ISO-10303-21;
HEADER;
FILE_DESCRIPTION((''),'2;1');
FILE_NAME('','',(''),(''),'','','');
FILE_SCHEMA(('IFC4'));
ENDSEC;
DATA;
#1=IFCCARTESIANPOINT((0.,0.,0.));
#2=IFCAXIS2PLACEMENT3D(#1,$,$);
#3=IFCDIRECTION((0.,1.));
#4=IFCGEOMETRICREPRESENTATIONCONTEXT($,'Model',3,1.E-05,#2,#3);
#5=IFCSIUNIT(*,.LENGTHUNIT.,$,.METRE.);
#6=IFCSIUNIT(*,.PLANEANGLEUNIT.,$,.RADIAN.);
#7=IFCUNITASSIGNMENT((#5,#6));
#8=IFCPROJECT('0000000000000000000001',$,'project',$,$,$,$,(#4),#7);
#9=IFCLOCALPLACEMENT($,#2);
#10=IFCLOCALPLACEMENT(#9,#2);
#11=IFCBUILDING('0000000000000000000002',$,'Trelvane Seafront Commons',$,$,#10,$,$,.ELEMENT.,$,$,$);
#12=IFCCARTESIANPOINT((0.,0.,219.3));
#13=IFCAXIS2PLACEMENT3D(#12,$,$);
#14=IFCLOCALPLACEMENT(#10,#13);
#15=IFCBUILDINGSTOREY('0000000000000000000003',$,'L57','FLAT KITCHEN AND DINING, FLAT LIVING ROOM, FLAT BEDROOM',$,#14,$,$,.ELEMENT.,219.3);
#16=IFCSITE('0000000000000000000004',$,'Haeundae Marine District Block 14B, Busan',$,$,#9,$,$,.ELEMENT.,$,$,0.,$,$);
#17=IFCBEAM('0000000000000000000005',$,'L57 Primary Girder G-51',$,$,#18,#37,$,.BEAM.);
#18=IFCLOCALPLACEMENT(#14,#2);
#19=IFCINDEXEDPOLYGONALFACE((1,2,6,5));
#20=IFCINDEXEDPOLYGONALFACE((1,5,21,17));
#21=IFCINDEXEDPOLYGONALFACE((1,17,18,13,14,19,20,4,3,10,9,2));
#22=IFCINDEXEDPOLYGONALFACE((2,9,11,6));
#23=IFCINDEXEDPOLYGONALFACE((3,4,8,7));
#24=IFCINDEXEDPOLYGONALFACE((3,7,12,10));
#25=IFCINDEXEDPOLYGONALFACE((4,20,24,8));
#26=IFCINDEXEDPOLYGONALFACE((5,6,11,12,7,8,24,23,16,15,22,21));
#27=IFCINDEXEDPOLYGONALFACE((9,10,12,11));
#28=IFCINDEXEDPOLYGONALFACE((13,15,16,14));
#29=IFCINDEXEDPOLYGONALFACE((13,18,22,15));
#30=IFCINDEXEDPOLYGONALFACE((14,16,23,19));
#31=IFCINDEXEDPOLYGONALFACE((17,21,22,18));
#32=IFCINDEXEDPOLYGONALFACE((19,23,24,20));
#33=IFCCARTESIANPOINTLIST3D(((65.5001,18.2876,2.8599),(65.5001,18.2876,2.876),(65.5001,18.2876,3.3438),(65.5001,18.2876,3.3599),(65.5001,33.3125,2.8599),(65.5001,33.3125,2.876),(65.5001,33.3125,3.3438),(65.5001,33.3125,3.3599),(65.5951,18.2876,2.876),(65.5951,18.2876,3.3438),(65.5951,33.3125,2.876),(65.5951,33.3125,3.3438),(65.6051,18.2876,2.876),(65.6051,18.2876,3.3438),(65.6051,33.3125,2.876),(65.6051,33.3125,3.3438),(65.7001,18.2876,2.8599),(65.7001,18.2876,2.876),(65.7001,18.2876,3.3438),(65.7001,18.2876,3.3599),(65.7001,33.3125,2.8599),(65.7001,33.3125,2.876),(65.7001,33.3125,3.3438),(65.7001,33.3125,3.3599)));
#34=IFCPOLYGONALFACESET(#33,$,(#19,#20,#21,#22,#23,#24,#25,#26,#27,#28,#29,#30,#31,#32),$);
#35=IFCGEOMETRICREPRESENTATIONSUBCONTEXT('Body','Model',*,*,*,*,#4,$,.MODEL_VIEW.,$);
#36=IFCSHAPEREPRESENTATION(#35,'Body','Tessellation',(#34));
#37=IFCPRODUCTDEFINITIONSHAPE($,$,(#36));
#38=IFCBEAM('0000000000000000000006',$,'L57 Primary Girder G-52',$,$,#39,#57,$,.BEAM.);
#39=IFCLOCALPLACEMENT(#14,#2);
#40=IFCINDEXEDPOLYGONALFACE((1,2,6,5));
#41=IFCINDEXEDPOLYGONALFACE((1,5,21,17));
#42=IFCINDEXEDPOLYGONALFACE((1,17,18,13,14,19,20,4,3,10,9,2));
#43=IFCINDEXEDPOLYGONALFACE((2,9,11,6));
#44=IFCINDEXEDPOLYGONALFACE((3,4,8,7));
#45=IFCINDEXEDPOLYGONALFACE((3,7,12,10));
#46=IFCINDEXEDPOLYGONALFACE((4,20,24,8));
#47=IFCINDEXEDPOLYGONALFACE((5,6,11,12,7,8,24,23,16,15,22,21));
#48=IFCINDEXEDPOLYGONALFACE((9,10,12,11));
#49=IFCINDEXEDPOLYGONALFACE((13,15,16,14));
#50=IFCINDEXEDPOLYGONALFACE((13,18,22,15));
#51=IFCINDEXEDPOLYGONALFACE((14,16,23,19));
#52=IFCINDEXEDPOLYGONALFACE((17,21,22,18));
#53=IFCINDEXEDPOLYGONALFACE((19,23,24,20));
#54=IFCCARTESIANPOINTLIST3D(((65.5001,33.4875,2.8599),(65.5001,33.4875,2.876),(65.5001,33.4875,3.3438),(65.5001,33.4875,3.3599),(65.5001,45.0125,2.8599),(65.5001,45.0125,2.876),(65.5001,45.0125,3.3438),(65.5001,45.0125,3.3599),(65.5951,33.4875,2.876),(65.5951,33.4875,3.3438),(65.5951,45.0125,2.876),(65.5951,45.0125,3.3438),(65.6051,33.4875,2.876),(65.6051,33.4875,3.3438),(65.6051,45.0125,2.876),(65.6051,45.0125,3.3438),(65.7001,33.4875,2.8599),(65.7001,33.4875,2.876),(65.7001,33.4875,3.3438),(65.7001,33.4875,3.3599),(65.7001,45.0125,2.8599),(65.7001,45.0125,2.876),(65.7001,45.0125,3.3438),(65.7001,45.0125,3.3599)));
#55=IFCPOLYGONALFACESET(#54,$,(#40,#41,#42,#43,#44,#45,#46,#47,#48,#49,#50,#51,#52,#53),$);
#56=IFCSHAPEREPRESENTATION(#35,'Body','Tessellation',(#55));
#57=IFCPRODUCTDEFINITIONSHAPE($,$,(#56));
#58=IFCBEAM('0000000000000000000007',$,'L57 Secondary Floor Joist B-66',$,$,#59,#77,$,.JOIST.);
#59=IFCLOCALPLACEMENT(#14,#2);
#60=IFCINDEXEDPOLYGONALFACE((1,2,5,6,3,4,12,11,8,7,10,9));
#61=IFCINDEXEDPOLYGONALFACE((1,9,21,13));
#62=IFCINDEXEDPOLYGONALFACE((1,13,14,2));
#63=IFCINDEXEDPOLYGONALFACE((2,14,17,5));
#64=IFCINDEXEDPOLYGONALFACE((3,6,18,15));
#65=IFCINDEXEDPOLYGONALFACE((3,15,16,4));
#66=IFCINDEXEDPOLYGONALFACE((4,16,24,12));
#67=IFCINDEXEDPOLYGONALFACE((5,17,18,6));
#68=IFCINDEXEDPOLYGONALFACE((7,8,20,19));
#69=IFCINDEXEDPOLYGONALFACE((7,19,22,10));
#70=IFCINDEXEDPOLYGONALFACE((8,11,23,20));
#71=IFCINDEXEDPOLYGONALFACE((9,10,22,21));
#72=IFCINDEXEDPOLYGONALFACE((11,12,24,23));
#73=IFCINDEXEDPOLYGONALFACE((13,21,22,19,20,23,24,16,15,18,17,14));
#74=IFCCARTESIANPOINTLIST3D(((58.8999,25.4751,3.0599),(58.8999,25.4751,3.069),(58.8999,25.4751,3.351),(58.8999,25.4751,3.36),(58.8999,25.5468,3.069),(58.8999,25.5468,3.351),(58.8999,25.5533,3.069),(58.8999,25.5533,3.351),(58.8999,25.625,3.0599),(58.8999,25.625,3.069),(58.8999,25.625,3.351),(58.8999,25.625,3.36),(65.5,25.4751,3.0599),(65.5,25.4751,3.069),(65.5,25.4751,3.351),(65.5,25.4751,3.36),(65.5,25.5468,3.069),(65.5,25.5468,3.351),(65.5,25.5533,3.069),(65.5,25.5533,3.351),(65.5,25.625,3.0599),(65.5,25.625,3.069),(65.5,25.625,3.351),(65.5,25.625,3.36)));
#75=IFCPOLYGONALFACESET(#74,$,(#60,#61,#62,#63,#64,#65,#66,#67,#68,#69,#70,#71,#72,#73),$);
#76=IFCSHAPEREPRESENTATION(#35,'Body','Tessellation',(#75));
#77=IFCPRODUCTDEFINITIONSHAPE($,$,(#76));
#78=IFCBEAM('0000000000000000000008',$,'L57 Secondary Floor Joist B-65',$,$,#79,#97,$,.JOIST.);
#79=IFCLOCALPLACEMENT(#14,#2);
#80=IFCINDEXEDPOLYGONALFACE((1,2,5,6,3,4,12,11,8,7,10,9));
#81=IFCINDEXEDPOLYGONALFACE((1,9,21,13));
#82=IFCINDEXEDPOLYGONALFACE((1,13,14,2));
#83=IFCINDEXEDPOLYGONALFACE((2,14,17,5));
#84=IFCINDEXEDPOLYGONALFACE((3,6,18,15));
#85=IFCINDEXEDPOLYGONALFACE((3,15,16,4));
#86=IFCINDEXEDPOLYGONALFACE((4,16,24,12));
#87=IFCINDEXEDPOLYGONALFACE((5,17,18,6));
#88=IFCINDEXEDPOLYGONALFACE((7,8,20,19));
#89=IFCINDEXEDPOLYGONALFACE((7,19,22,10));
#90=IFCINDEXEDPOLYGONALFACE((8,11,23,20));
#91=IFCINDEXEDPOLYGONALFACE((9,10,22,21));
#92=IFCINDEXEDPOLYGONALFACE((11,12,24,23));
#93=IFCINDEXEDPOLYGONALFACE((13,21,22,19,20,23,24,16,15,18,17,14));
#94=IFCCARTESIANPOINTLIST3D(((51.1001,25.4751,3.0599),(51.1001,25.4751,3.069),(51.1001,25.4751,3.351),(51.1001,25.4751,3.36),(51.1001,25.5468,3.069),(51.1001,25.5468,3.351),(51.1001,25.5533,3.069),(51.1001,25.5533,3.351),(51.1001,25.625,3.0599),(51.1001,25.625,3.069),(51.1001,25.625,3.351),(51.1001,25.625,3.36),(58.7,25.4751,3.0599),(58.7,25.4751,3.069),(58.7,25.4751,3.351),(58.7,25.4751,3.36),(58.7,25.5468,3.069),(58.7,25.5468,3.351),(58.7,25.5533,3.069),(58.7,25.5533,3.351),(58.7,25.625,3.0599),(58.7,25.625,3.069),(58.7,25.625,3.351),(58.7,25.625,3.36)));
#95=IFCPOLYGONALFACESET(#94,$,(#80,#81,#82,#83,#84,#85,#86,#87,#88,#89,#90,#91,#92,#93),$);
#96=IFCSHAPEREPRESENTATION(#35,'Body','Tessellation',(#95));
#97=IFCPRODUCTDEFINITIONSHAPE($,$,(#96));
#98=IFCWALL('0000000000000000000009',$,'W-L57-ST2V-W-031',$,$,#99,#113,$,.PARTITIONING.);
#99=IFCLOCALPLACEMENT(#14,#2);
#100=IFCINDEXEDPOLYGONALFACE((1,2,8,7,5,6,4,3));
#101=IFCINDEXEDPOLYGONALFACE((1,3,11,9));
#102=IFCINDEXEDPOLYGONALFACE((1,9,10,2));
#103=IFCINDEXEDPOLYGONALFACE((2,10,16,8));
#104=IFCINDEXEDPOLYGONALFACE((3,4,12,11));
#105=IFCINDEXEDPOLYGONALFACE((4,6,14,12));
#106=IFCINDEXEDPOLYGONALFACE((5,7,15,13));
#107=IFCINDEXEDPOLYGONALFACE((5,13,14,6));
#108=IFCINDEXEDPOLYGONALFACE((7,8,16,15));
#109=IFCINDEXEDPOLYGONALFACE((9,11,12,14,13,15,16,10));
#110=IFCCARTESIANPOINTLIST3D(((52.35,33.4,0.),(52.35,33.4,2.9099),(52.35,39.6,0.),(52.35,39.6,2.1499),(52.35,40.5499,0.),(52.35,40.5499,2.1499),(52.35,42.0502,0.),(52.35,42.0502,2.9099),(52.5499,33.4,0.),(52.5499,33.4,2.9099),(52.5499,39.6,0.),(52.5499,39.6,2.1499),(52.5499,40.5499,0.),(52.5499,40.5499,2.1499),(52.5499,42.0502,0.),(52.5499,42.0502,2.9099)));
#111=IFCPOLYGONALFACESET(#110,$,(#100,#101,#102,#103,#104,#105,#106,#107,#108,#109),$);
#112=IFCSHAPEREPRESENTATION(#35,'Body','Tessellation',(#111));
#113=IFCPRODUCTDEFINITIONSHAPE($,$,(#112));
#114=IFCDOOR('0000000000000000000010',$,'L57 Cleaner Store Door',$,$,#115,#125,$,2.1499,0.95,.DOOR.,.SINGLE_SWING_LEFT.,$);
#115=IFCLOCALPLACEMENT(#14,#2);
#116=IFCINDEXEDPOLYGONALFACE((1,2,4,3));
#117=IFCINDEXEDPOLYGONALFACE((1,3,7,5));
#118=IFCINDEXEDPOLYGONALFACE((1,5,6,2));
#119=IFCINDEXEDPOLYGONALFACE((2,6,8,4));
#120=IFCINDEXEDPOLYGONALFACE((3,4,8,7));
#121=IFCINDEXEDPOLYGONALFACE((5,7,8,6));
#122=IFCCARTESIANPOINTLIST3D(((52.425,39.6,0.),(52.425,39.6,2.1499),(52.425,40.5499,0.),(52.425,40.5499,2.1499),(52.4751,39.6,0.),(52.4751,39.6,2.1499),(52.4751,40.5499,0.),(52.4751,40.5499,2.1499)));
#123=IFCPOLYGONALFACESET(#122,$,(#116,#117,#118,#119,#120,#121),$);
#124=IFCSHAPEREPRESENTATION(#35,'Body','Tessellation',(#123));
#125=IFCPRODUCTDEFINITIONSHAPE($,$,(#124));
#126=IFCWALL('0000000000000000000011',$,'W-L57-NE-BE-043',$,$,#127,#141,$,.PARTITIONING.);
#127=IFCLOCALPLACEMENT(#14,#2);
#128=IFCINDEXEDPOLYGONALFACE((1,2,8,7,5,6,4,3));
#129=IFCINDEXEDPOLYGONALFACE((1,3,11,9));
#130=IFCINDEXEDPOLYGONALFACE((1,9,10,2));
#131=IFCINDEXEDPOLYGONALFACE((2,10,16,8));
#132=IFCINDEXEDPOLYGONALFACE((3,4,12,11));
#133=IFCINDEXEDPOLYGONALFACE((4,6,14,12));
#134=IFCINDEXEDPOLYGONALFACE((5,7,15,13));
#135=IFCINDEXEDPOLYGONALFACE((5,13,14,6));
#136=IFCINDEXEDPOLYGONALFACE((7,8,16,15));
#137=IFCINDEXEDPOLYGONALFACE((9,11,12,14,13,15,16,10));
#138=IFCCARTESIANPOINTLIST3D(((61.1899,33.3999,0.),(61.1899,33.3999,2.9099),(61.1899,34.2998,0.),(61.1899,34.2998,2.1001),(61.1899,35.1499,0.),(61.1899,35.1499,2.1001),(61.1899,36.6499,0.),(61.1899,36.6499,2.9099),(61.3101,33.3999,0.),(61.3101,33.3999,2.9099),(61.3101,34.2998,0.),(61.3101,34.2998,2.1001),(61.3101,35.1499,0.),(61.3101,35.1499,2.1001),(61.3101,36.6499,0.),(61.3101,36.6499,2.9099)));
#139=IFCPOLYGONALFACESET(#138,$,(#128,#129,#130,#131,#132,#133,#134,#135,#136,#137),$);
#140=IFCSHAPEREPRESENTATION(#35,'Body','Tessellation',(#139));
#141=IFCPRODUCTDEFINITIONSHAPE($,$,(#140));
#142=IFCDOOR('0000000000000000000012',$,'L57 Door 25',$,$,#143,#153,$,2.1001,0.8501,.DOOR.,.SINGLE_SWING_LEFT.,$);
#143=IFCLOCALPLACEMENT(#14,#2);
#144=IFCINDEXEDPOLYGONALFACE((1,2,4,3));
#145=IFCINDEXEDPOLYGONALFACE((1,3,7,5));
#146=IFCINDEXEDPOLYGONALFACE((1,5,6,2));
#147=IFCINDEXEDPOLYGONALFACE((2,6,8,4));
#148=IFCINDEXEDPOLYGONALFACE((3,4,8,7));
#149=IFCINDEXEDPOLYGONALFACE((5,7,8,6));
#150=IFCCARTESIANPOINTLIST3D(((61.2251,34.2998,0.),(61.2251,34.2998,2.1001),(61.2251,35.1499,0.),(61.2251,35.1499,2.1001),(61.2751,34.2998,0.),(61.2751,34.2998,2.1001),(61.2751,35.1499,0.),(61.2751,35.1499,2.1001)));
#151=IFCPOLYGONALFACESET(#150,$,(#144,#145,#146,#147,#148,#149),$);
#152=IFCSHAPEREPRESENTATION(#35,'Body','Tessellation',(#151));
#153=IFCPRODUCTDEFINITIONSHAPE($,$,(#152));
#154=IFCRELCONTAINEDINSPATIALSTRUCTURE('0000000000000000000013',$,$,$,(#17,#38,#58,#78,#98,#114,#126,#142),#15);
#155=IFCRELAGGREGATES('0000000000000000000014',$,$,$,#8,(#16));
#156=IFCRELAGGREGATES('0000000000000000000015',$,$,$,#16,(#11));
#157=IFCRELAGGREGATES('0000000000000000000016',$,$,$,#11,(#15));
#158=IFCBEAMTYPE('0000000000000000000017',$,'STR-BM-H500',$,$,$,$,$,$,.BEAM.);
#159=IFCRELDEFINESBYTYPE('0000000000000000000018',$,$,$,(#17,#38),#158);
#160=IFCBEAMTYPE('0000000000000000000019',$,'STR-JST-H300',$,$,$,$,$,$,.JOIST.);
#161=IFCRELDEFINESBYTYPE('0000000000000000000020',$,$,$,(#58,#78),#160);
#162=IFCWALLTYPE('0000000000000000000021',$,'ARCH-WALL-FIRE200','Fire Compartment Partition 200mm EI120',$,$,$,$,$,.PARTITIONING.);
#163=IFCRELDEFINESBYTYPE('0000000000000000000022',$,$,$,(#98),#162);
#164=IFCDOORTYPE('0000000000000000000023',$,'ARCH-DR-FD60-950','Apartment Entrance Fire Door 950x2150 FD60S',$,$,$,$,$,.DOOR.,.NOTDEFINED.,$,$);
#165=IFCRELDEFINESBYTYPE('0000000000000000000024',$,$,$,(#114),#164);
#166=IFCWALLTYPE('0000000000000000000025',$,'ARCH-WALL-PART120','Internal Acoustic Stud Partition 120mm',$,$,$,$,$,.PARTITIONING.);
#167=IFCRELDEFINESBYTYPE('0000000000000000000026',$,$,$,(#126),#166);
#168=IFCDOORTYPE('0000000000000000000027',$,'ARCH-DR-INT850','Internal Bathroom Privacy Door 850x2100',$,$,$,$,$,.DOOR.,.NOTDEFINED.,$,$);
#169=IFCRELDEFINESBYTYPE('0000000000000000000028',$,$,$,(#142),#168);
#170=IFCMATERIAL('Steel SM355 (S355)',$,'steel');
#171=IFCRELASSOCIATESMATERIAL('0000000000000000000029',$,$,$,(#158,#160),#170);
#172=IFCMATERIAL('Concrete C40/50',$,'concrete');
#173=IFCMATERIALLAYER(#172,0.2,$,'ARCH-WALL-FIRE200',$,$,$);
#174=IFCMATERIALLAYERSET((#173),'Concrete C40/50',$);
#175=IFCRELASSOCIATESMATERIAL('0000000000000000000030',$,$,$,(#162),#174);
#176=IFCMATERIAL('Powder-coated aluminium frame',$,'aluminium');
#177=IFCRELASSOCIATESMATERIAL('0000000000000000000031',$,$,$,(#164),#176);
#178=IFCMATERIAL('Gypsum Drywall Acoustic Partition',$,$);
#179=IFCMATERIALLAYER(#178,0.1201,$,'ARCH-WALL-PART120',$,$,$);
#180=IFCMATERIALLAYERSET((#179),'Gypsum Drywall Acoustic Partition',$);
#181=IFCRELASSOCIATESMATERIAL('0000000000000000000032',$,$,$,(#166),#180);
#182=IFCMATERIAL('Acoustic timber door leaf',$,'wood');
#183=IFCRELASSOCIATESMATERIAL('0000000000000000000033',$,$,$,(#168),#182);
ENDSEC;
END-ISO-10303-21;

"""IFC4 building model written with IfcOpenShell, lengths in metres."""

from ifc_helpers import new_model, si_unit, direction, frame, frame_2d, origin, origin_2d, place, context, subcontext, project, spatial, rectangle, i_section, extrude, source, transform, mapped, material, layer, layer_set, material_profile, profile_set, type_object, element, fill, save


model = new_model("IFC4")

# Units and contexts
model_context = context("Model", 3, precision=1e-05, world=origin(), true_north=direction((0.0, 1.0)))
body_context = subcontext(model_context, "Body", "Model", "MODEL_VIEW")
ifc_project = project(units=[si_unit("LENGTHUNIT", "METRE"), si_unit("PLANEANGLEUNIT", "RADIAN")], contexts=[model_context])

# Site, building, storey
site_placement = place(None, origin())
site = spatial("IfcSite", under=ifc_project, at=site_placement, Name="Haeundae Marine District Block 14B, Busan", CompositionType="ELEMENT", RefElevation=0.0)
building_placement = place(site_placement, origin())
building = spatial("IfcBuilding", under=site, at=building_placement, Name="Trelvane Seafront Commons", CompositionType="ELEMENT")
storey_placement = place(building_placement, frame((0.0, 0.0, 219.3)))
storey = spatial("IfcBuildingStorey", under=building, at=storey_placement, Name="L57", Description="FLAT KITCHEN AND DINING, FLAT LIVING ROOM, FLAT BEDROOM", CompositionType="ELEMENT", Elevation=219.3)

# Shared definitions
ifc_material_1 = material(Name="Steel SM355 (S355)", Category="steel")

# Beams
ifc_material_profile_1 = material_profile(ifc_material_1, i_section(OverallWidth=0.2, OverallDepth=0.5, WebThickness=0.01, FlangeThickness=0.0161, at=origin_2d()), Name="H-500x200x10x16")
ifc_profile_set_1 = profile_set([ifc_material_profile_1], Name="Steel SM355 (S355)")
beam_type_1 = type_object("IfcBeamType", Name="STR-BM-H500", PredefinedType="BEAM", material=ifc_profile_set_1)
shared_shape_1 = source(origin(), body_context, "Body", "SweptSolid", [
    extrude(i_section(OverallWidth=0.2, OverallDepth=0.5, WebThickness=0.01, FlangeThickness=0.0161, at=origin_2d()), origin(), (0.0, 0.0, 1.0), 15.0249),
])
beam_1_placement = place(storey_placement, frame((65.6001, 18.2876, 3.1099), z_axis=(0.0, 1.0, 0.0), x_axis=(-1.0, 0.0, 0.0)))
element("IfcBeam", 1, at=beam_1_placement, inside=storey, type_object=beam_type_1, Name="L57 Primary Girder G-51", PredefinedType="BEAM", context=body_context, shape_type="MappedRepresentation", body=[
    mapped(shared_shape_1, transform((0.0, 0.0, 0.0), x_axis=(1.0, 0.0, 0.0), y_axis=(0.0, 1.0, 0.0), z_axis=(0.0, 0.0, 1.0), scale=1.0)),
])
shared_shape_2 = source(origin(), body_context, "Body", "SweptSolid", [
    extrude(i_section(OverallWidth=0.2, OverallDepth=0.5, WebThickness=0.01, FlangeThickness=0.0161, at=origin_2d()), origin(), (0.0, 0.0, 1.0), 11.5249),
])
beam_2_placement = place(storey_placement, frame((65.6001, 33.4875, 3.1099), z_axis=(0.0, 1.0, 0.0), x_axis=(-1.0, 0.0, 0.0)))
element("IfcBeam", 2, at=beam_2_placement, inside=storey, type_object=beam_type_1, Name="L57 Primary Girder G-52", PredefinedType="BEAM", context=body_context, shape_type="MappedRepresentation", body=[
    mapped(shared_shape_2, transform((0.0, 0.0, 0.0), x_axis=(1.0, 0.0, 0.0), y_axis=(0.0, 1.0, 0.0), z_axis=(0.0, 0.0, 1.0), scale=1.0)),
])
ifc_material_profile_2 = material_profile(ifc_material_1, i_section(OverallWidth=0.1499, OverallDepth=0.3, WebThickness=0.0066, FlangeThickness=0.009, at=origin_2d()), Name="H-300x150x6.5x9")
ifc_profile_set_2 = profile_set([ifc_material_profile_2], Name="Steel SM355 (S355)")
beam_type_2 = type_object("IfcBeamType", Name="STR-JST-H300", PredefinedType="JOIST", material=ifc_profile_set_2)
shared_shape_3 = source(origin(), body_context, "Body", "SweptSolid", [
    extrude(i_section(OverallWidth=0.1499, OverallDepth=0.3, WebThickness=0.0066, FlangeThickness=0.009, at=origin_2d()), origin(), (0.0, 0.0, 1.0), 6.6001),
])
beam_3_placement = place(storey_placement, frame((58.8999, 25.55, 3.21), z_axis=(1.0, 0.0, 0.0), x_axis=(0.0, 1.0, 0.0)))
element("IfcBeam", 3, at=beam_3_placement, inside=storey, type_object=beam_type_2, Name="L57 Secondary Floor Joist B-66", PredefinedType="JOIST", context=body_context, shape_type="MappedRepresentation", body=[
    mapped(shared_shape_3, transform((0.0, 0.0, 0.0), x_axis=(1.0, 0.0, 0.0), y_axis=(0.0, 1.0, 0.0), z_axis=(0.0, 0.0, 1.0), scale=1.0)),
])
shared_shape_4 = source(origin(), body_context, "Body", "SweptSolid", [
    extrude(i_section(OverallWidth=0.1499, OverallDepth=0.3, WebThickness=0.0066, FlangeThickness=0.009, at=origin_2d()), origin(), (0.0, 0.0, 1.0), 7.5999),
])
beam_4_placement = place(storey_placement, frame((51.1001, 25.55, 3.21), z_axis=(1.0, 0.0, 0.0), x_axis=(0.0, 1.0, 0.0)))
element("IfcBeam", 4, at=beam_4_placement, inside=storey, type_object=beam_type_2, Name="L57 Secondary Floor Joist B-65", PredefinedType="JOIST", context=body_context, shape_type="MappedRepresentation", body=[
    mapped(shared_shape_4, transform((0.0, 0.0, 0.0), x_axis=(1.0, 0.0, 0.0), y_axis=(0.0, 1.0, 0.0), z_axis=(0.0, 0.0, 1.0), scale=1.0)),
])

# Walls, openings, doors
ifc_material_2 = material(Name="Concrete C40/50", Category="concrete")
ifc_layer_1 = layer(ifc_material_2, 0.2, Name="ARCH-WALL-FIRE200")
ifc_layer_set_1 = layer_set([ifc_layer_1], Name="Concrete C40/50")
wall_type_1 = type_object("IfcWallType", Name="ARCH-WALL-FIRE200", Description="Fire Compartment Partition 200mm EI120", PredefinedType="PARTITIONING", material=ifc_layer_set_1)
wall_1_placement = place(storey_placement, frame((52.45, 33.3999, 0.0), z_axis=(0.0, 0.0, 1.0), x_axis=(0.0, 1.0, 0.0)))
wall_1 = element("IfcWall", 5, at=wall_1_placement, inside=storey, type_object=wall_type_1, Name="W-L57-ST2V-W-031", PredefinedType="PARTITIONING", context=body_context, shape_type="SweptSolid", body=[
    extrude(rectangle(XDim=8.6501, YDim=0.2, at=frame_2d((4.3252, 0.0))), origin(), (0.0, 0.0, 1.0), 2.9099),
])
opening_1_placement = place(wall_1_placement, frame((6.2, 0.0, 0.0)))
opening_1 = element("IfcOpeningElement", 6, at=opening_1_placement, cuts=wall_1, PredefinedType="OPENING", context=body_context, shape_type="SweptSolid", body=[
    extrude(rectangle(XDim=0.95, YDim=2.1499, at=frame_2d((0.4751, 1.075))), frame((0.0, 0.1099, 0.0), z_axis=(0.0, -1.0, 0.0), x_axis=(1.0, 0.0, 0.0)), (0.0, 0.0, 1.0), 0.22),
])
ifc_material_3 = material(Name="Powder-coated aluminium frame", Category="aluminium")
door_type_1 = type_object("IfcDoorType", Name="ARCH-DR-FD60-950", Description="Apartment Entrance Fire Door 950x2150 FD60S", OperationType="NOTDEFINED", PredefinedType="DOOR", material=ifc_material_3)
shared_shape_5 = source(origin(), body_context, "Body", "SweptSolid", [
    extrude(rectangle(XDim=0.95, YDim=2.1499, at=frame_2d((0.4751, 1.075))), frame((0.0, 0.0249, 0.0), z_axis=(0.0, -1.0, 0.0), x_axis=(1.0, 0.0, 0.0)), (0.0, 0.0, 1.0), 0.05),
])
door_1_placement = place(opening_1_placement, origin())
door_1 = element("IfcDoor", 7, at=door_1_placement, inside=storey, type_object=door_type_1, Name="L57 Cleaner Store Door", OperationType="SINGLE_SWING_LEFT", OverallHeight=2.1499, OverallWidth=0.95, PredefinedType="DOOR", context=body_context, shape_type="MappedRepresentation", body=[
    mapped(shared_shape_5, transform((0.0, 0.0, 0.0), x_axis=(1.0, 0.0, 0.0), y_axis=(0.0, 1.0, 0.0), z_axis=(0.0, 0.0, 1.0), scale=1.0)),
])
fill(opening_1, door_1)
ifc_material_4 = material(Name="Gypsum Drywall Acoustic Partition")
ifc_layer_2 = layer(ifc_material_4, 0.1201, Name="ARCH-WALL-PART120")
ifc_layer_set_2 = layer_set([ifc_layer_2], Name="Gypsum Drywall Acoustic Partition")
wall_type_2 = type_object("IfcWallType", Name="ARCH-WALL-PART120", Description="Internal Acoustic Stud Partition 120mm", PredefinedType="PARTITIONING", material=ifc_layer_set_2)
wall_2_placement = place(storey_placement, frame((61.25, 33.3999, 0.0), z_axis=(0.0, 0.0, 1.0), x_axis=(0.0, 1.0, 0.0)))
wall_2 = element("IfcWall", 8, at=wall_2_placement, inside=storey, type_object=wall_type_2, Name="W-L57-NE-BE-043", PredefinedType="PARTITIONING", context=body_context, shape_type="SweptSolid", body=[
    extrude(rectangle(XDim=3.25, YDim=0.1201, at=frame_2d((1.625, 0.0))), origin(), (0.0, 0.0, 1.0), 2.9099),
])
opening_2_placement = place(wall_2_placement, frame((0.8999, 0.0, 0.0)))
opening_2 = element("IfcOpeningElement", 9, at=opening_2_placement, cuts=wall_2, PredefinedType="OPENING", context=body_context, shape_type="SweptSolid", body=[
    extrude(rectangle(XDim=0.8501, YDim=2.1001, at=frame_2d((0.425, 1.05))), frame((0.0, 0.0701, 0.0), z_axis=(0.0, -1.0, 0.0), x_axis=(1.0, 0.0, 0.0)), (0.0, 0.0, 1.0), 0.1401),
])
ifc_material_5 = material(Name="Acoustic timber door leaf", Category="wood")
door_type_2 = type_object("IfcDoorType", Name="ARCH-DR-INT850", Description="Internal Bathroom Privacy Door 850x2100", OperationType="NOTDEFINED", PredefinedType="DOOR", material=ifc_material_5)
shared_shape_6 = source(origin(), body_context, "Body", "SweptSolid", [
    extrude(rectangle(XDim=0.8501, YDim=2.1001, at=frame_2d((0.425, 1.05))), frame((0.0, 0.0249, 0.0), z_axis=(0.0, -1.0, 0.0), x_axis=(1.0, 0.0, 0.0)), (0.0, 0.0, 1.0), 0.05),
])
door_2_placement = place(opening_2_placement, origin())
door_2 = element("IfcDoor", 10, at=door_2_placement, inside=storey, type_object=door_type_2, Name="L57 Door 25", OperationType="SINGLE_SWING_LEFT", OverallHeight=2.1001, OverallWidth=0.8501, PredefinedType="DOOR", context=body_context, shape_type="MappedRepresentation", body=[
    mapped(shared_shape_6, transform((0.0, 0.0, 0.0), x_axis=(1.0, 0.0, 0.0), y_axis=(0.0, 1.0, 0.0), z_axis=(0.0, 0.0, 1.0), scale=1.0)),
])
fill(opening_2, door_2)

save(model, "model.ifc")
